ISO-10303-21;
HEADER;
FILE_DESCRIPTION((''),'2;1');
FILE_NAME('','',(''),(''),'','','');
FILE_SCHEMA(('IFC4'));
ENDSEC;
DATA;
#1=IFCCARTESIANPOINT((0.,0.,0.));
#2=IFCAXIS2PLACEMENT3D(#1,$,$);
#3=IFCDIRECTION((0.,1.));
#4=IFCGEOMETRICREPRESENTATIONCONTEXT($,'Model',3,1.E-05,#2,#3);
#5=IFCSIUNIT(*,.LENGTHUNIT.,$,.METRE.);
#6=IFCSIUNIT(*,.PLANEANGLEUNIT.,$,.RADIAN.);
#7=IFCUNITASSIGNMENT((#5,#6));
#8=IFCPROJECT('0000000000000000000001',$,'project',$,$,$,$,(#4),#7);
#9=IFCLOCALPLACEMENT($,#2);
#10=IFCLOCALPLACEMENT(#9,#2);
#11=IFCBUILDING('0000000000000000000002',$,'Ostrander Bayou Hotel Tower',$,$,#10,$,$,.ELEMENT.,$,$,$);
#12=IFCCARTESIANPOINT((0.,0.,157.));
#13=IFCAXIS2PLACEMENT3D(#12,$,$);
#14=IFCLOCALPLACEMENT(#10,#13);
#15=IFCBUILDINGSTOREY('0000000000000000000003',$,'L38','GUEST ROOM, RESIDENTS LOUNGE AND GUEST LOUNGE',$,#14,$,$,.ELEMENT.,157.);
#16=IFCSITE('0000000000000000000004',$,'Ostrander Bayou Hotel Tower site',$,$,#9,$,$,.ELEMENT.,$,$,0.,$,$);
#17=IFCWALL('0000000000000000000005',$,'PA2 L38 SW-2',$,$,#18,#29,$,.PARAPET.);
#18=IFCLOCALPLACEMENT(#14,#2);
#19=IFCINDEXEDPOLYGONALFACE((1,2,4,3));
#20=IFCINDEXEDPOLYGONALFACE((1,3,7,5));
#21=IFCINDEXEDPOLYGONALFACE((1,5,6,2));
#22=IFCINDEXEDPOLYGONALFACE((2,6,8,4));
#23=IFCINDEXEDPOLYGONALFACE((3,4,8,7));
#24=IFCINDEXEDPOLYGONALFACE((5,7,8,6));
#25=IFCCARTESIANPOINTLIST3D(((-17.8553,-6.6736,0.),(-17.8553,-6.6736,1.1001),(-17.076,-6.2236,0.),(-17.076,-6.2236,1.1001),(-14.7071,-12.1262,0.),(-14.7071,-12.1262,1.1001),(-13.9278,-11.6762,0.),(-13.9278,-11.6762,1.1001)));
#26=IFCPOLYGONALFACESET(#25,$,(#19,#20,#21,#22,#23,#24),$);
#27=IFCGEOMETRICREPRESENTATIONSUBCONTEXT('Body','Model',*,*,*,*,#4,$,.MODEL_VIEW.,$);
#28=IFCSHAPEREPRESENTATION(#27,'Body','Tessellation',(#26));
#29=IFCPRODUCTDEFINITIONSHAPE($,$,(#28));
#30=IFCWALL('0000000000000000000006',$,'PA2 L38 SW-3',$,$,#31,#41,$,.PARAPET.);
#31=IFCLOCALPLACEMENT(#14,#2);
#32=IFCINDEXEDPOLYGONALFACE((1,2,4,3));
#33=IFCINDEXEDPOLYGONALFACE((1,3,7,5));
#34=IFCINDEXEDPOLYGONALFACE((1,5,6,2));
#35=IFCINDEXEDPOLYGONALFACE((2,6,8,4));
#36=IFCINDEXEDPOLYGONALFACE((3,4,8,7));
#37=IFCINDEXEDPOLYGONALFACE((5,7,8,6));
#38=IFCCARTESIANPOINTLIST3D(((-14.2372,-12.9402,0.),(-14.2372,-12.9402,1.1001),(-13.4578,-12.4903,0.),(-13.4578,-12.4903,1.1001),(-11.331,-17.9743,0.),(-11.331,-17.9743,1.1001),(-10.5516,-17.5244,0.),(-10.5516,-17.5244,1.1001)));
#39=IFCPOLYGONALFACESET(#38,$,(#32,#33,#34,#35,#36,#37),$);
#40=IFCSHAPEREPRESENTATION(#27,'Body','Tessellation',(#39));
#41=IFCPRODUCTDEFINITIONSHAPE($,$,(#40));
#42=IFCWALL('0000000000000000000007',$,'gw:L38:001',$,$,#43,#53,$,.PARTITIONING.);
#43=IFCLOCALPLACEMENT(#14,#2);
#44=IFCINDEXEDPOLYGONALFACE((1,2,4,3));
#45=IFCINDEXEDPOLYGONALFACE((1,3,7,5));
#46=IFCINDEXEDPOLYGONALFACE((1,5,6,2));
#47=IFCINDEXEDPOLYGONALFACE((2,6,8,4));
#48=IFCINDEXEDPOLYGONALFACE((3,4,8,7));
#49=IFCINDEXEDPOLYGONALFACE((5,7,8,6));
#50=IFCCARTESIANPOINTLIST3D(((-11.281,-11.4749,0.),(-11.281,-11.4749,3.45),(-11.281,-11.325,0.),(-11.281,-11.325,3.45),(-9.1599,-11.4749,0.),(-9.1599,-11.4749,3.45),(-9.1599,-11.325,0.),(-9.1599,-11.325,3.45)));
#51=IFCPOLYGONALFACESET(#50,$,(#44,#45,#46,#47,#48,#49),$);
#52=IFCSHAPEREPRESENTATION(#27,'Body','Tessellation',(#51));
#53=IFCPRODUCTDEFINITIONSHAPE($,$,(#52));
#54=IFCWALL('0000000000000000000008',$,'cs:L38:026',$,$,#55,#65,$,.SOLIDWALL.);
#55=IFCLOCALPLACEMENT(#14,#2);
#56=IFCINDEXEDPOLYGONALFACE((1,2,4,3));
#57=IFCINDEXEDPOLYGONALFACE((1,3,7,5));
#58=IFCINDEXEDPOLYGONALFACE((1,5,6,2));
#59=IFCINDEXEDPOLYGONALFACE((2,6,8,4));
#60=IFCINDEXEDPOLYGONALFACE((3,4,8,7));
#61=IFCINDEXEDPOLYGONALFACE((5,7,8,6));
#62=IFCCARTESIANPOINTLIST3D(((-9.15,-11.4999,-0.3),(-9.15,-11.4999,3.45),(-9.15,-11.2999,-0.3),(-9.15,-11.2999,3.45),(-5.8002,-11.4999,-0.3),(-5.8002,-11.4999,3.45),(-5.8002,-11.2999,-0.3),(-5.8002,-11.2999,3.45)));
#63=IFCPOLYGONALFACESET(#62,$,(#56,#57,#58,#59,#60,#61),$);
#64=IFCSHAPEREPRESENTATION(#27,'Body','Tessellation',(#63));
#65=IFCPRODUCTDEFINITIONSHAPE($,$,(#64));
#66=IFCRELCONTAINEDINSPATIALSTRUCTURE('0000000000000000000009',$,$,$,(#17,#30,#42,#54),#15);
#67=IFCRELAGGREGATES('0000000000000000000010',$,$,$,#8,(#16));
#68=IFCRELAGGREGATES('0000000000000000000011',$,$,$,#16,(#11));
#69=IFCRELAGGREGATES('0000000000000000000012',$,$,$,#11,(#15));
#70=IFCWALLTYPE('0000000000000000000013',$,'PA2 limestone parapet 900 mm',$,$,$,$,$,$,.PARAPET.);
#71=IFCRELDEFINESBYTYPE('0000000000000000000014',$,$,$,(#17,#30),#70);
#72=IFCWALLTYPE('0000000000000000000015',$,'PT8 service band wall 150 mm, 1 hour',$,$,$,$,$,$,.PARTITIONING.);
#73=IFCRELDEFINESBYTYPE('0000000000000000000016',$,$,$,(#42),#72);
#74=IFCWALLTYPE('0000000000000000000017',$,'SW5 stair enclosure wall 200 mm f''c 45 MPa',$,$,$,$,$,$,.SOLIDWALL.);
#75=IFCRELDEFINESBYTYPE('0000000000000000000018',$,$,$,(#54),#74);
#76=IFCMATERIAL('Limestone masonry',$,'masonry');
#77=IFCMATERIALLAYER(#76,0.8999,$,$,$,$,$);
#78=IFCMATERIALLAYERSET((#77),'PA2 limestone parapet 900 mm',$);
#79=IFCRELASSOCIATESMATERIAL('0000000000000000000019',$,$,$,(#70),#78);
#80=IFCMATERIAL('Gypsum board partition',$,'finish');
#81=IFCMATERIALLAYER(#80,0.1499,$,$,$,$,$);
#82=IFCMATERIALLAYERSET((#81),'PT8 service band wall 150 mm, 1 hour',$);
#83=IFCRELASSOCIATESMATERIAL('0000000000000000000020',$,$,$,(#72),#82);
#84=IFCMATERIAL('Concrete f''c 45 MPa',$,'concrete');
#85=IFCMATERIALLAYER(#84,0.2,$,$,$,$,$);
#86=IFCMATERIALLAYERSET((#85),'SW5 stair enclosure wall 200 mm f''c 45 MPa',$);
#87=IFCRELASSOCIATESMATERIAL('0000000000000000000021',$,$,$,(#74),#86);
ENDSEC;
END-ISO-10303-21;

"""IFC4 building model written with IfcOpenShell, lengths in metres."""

from ifc_helpers import new_model, si_unit, direction, frame, frame_2d, origin, place, context, subcontext, project, spatial, rectangle, extrude, material, layer, layer_set, type_object, element, save


model = new_model("IFC4")

# Units and contexts
model_context = context("Model", 3, precision=1e-05, world=origin(), true_north=direction((0.0, 1.0)))
body_context = subcontext(model_context, "Body", "Model", "MODEL_VIEW")
ifc_project = project(units=[si_unit("LENGTHUNIT", "METRE"), si_unit("PLANEANGLEUNIT", "RADIAN")], contexts=[model_context])

# Site, building, storey
site_placement = place(None, origin())
site = spatial("IfcSite", under=ifc_project, at=site_placement, Name="Ostrander Bayou Hotel Tower site", CompositionType="ELEMENT", RefElevation=0.0)
building_placement = place(site_placement, origin())
building = spatial("IfcBuilding", under=site, at=building_placement, Name="Ostrander Bayou Hotel Tower", CompositionType="ELEMENT")
storey_placement = place(building_placement, frame((0.0, 0.0, 157.0)))
storey = spatial("IfcBuildingStorey", under=building, at=storey_placement, Name="L38", Description="GUEST ROOM, RESIDENTS LOUNGE AND GUEST LOUNGE", CompositionType="ELEMENT", Elevation=157.0)

# Walls
ifc_material_1 = material(Name="Limestone masonry", Category="masonry")
ifc_layer_1 = layer(ifc_material_1, 0.8999)
ifc_layer_set_1 = layer_set([ifc_layer_1], Name="PA2 limestone parapet 900 mm")
wall_type_1 = type_object("IfcWallType", Name="PA2 limestone parapet 900 mm", PredefinedType="PARAPET", material=ifc_layer_set_1)
wall_1_placement = place(storey_placement, frame((-17.4656, -6.4487, 0.0), z_axis=(0.0, 0.0, 1.0), x_axis=(0.500013, -0.866018, 0.0)))
element("IfcWall", 1, at=wall_1_placement, inside=storey, type_object=wall_type_1, Name="PA2 L38 SW-2", PredefinedType="PARAPET", context=body_context, shape_type="SweptSolid", body=[
    extrude(rectangle(XDim=6.2961, YDim=0.8999, at=frame_2d((3.1479, 0.0))), origin(), (0.0, 0.0, 1.0), 1.1001),
])
wall_2_placement = place(storey_placement, frame((-13.8474, -12.7153, 0.0), z_axis=(0.0, 0.0, 1.0), x_axis=(0.49997, -0.866043, 0.0)))
element("IfcWall", 2, at=wall_2_placement, inside=storey, type_object=wall_type_1, Name="PA2 L38 SW-3", PredefinedType="PARAPET", context=body_context, shape_type="SweptSolid", body=[
    extrude(rectangle(XDim=5.8127, YDim=0.8999, at=frame_2d((2.9062, 0.0))), origin(), (0.0, 0.0, 1.0), 1.1001),
])
ifc_material_2 = material(Name="Gypsum board partition", Category="finish")
ifc_layer_2 = layer(ifc_material_2, 0.1499)
ifc_layer_set_2 = layer_set([ifc_layer_2], Name="PT8 service band wall 150 mm, 1 hour")
wall_type_2 = type_object("IfcWallType", Name="PT8 service band wall 150 mm, 1 hour", PredefinedType="PARTITIONING", material=ifc_layer_set_2)
wall_3_placement = place(storey_placement, frame((-11.281, -11.3999, 0.0), z_axis=(0.0, 0.0, 1.0), x_axis=(1.0, 0.0, 0.0)))
element("IfcWall", 3, at=wall_3_placement, inside=storey, type_object=wall_type_2, Name="gw:L38:001", PredefinedType="PARTITIONING", context=body_context, shape_type="SweptSolid", body=[
    extrude(rectangle(XDim=2.1211, YDim=0.1499, at=frame_2d((1.0605, 0.0))), origin(), (0.0, 0.0, 1.0), 3.45),
])
ifc_material_3 = material(Name="Concrete f'c 45 MPa", Category="concrete")
ifc_layer_3 = layer(ifc_material_3, 0.2)
ifc_layer_set_3 = layer_set([ifc_layer_3], Name="SW5 stair enclosure wall 200 mm f'c 45 MPa")
wall_type_3 = type_object("IfcWallType", Name="SW5 stair enclosure wall 200 mm f'c 45 MPa", PredefinedType="SOLIDWALL", material=ifc_layer_set_3)
wall_4_placement = place(storey_placement, frame((-9.1499, -11.3999, -0.3), z_axis=(0.0, 0.0, 1.0), x_axis=(1.0, 0.0, 0.0)))
element("IfcWall", 4, at=wall_4_placement, inside=storey, type_object=wall_type_3, Name="cs:L38:026", PredefinedType="SOLIDWALL", context=body_context, shape_type="SweptSolid", body=[
    extrude(rectangle(XDim=3.3499, YDim=0.2, at=frame_2d((1.6748, 0.0))), origin(), (0.0, 0.0, 1.0), 3.75),
])

save(model, "model.ifc")
